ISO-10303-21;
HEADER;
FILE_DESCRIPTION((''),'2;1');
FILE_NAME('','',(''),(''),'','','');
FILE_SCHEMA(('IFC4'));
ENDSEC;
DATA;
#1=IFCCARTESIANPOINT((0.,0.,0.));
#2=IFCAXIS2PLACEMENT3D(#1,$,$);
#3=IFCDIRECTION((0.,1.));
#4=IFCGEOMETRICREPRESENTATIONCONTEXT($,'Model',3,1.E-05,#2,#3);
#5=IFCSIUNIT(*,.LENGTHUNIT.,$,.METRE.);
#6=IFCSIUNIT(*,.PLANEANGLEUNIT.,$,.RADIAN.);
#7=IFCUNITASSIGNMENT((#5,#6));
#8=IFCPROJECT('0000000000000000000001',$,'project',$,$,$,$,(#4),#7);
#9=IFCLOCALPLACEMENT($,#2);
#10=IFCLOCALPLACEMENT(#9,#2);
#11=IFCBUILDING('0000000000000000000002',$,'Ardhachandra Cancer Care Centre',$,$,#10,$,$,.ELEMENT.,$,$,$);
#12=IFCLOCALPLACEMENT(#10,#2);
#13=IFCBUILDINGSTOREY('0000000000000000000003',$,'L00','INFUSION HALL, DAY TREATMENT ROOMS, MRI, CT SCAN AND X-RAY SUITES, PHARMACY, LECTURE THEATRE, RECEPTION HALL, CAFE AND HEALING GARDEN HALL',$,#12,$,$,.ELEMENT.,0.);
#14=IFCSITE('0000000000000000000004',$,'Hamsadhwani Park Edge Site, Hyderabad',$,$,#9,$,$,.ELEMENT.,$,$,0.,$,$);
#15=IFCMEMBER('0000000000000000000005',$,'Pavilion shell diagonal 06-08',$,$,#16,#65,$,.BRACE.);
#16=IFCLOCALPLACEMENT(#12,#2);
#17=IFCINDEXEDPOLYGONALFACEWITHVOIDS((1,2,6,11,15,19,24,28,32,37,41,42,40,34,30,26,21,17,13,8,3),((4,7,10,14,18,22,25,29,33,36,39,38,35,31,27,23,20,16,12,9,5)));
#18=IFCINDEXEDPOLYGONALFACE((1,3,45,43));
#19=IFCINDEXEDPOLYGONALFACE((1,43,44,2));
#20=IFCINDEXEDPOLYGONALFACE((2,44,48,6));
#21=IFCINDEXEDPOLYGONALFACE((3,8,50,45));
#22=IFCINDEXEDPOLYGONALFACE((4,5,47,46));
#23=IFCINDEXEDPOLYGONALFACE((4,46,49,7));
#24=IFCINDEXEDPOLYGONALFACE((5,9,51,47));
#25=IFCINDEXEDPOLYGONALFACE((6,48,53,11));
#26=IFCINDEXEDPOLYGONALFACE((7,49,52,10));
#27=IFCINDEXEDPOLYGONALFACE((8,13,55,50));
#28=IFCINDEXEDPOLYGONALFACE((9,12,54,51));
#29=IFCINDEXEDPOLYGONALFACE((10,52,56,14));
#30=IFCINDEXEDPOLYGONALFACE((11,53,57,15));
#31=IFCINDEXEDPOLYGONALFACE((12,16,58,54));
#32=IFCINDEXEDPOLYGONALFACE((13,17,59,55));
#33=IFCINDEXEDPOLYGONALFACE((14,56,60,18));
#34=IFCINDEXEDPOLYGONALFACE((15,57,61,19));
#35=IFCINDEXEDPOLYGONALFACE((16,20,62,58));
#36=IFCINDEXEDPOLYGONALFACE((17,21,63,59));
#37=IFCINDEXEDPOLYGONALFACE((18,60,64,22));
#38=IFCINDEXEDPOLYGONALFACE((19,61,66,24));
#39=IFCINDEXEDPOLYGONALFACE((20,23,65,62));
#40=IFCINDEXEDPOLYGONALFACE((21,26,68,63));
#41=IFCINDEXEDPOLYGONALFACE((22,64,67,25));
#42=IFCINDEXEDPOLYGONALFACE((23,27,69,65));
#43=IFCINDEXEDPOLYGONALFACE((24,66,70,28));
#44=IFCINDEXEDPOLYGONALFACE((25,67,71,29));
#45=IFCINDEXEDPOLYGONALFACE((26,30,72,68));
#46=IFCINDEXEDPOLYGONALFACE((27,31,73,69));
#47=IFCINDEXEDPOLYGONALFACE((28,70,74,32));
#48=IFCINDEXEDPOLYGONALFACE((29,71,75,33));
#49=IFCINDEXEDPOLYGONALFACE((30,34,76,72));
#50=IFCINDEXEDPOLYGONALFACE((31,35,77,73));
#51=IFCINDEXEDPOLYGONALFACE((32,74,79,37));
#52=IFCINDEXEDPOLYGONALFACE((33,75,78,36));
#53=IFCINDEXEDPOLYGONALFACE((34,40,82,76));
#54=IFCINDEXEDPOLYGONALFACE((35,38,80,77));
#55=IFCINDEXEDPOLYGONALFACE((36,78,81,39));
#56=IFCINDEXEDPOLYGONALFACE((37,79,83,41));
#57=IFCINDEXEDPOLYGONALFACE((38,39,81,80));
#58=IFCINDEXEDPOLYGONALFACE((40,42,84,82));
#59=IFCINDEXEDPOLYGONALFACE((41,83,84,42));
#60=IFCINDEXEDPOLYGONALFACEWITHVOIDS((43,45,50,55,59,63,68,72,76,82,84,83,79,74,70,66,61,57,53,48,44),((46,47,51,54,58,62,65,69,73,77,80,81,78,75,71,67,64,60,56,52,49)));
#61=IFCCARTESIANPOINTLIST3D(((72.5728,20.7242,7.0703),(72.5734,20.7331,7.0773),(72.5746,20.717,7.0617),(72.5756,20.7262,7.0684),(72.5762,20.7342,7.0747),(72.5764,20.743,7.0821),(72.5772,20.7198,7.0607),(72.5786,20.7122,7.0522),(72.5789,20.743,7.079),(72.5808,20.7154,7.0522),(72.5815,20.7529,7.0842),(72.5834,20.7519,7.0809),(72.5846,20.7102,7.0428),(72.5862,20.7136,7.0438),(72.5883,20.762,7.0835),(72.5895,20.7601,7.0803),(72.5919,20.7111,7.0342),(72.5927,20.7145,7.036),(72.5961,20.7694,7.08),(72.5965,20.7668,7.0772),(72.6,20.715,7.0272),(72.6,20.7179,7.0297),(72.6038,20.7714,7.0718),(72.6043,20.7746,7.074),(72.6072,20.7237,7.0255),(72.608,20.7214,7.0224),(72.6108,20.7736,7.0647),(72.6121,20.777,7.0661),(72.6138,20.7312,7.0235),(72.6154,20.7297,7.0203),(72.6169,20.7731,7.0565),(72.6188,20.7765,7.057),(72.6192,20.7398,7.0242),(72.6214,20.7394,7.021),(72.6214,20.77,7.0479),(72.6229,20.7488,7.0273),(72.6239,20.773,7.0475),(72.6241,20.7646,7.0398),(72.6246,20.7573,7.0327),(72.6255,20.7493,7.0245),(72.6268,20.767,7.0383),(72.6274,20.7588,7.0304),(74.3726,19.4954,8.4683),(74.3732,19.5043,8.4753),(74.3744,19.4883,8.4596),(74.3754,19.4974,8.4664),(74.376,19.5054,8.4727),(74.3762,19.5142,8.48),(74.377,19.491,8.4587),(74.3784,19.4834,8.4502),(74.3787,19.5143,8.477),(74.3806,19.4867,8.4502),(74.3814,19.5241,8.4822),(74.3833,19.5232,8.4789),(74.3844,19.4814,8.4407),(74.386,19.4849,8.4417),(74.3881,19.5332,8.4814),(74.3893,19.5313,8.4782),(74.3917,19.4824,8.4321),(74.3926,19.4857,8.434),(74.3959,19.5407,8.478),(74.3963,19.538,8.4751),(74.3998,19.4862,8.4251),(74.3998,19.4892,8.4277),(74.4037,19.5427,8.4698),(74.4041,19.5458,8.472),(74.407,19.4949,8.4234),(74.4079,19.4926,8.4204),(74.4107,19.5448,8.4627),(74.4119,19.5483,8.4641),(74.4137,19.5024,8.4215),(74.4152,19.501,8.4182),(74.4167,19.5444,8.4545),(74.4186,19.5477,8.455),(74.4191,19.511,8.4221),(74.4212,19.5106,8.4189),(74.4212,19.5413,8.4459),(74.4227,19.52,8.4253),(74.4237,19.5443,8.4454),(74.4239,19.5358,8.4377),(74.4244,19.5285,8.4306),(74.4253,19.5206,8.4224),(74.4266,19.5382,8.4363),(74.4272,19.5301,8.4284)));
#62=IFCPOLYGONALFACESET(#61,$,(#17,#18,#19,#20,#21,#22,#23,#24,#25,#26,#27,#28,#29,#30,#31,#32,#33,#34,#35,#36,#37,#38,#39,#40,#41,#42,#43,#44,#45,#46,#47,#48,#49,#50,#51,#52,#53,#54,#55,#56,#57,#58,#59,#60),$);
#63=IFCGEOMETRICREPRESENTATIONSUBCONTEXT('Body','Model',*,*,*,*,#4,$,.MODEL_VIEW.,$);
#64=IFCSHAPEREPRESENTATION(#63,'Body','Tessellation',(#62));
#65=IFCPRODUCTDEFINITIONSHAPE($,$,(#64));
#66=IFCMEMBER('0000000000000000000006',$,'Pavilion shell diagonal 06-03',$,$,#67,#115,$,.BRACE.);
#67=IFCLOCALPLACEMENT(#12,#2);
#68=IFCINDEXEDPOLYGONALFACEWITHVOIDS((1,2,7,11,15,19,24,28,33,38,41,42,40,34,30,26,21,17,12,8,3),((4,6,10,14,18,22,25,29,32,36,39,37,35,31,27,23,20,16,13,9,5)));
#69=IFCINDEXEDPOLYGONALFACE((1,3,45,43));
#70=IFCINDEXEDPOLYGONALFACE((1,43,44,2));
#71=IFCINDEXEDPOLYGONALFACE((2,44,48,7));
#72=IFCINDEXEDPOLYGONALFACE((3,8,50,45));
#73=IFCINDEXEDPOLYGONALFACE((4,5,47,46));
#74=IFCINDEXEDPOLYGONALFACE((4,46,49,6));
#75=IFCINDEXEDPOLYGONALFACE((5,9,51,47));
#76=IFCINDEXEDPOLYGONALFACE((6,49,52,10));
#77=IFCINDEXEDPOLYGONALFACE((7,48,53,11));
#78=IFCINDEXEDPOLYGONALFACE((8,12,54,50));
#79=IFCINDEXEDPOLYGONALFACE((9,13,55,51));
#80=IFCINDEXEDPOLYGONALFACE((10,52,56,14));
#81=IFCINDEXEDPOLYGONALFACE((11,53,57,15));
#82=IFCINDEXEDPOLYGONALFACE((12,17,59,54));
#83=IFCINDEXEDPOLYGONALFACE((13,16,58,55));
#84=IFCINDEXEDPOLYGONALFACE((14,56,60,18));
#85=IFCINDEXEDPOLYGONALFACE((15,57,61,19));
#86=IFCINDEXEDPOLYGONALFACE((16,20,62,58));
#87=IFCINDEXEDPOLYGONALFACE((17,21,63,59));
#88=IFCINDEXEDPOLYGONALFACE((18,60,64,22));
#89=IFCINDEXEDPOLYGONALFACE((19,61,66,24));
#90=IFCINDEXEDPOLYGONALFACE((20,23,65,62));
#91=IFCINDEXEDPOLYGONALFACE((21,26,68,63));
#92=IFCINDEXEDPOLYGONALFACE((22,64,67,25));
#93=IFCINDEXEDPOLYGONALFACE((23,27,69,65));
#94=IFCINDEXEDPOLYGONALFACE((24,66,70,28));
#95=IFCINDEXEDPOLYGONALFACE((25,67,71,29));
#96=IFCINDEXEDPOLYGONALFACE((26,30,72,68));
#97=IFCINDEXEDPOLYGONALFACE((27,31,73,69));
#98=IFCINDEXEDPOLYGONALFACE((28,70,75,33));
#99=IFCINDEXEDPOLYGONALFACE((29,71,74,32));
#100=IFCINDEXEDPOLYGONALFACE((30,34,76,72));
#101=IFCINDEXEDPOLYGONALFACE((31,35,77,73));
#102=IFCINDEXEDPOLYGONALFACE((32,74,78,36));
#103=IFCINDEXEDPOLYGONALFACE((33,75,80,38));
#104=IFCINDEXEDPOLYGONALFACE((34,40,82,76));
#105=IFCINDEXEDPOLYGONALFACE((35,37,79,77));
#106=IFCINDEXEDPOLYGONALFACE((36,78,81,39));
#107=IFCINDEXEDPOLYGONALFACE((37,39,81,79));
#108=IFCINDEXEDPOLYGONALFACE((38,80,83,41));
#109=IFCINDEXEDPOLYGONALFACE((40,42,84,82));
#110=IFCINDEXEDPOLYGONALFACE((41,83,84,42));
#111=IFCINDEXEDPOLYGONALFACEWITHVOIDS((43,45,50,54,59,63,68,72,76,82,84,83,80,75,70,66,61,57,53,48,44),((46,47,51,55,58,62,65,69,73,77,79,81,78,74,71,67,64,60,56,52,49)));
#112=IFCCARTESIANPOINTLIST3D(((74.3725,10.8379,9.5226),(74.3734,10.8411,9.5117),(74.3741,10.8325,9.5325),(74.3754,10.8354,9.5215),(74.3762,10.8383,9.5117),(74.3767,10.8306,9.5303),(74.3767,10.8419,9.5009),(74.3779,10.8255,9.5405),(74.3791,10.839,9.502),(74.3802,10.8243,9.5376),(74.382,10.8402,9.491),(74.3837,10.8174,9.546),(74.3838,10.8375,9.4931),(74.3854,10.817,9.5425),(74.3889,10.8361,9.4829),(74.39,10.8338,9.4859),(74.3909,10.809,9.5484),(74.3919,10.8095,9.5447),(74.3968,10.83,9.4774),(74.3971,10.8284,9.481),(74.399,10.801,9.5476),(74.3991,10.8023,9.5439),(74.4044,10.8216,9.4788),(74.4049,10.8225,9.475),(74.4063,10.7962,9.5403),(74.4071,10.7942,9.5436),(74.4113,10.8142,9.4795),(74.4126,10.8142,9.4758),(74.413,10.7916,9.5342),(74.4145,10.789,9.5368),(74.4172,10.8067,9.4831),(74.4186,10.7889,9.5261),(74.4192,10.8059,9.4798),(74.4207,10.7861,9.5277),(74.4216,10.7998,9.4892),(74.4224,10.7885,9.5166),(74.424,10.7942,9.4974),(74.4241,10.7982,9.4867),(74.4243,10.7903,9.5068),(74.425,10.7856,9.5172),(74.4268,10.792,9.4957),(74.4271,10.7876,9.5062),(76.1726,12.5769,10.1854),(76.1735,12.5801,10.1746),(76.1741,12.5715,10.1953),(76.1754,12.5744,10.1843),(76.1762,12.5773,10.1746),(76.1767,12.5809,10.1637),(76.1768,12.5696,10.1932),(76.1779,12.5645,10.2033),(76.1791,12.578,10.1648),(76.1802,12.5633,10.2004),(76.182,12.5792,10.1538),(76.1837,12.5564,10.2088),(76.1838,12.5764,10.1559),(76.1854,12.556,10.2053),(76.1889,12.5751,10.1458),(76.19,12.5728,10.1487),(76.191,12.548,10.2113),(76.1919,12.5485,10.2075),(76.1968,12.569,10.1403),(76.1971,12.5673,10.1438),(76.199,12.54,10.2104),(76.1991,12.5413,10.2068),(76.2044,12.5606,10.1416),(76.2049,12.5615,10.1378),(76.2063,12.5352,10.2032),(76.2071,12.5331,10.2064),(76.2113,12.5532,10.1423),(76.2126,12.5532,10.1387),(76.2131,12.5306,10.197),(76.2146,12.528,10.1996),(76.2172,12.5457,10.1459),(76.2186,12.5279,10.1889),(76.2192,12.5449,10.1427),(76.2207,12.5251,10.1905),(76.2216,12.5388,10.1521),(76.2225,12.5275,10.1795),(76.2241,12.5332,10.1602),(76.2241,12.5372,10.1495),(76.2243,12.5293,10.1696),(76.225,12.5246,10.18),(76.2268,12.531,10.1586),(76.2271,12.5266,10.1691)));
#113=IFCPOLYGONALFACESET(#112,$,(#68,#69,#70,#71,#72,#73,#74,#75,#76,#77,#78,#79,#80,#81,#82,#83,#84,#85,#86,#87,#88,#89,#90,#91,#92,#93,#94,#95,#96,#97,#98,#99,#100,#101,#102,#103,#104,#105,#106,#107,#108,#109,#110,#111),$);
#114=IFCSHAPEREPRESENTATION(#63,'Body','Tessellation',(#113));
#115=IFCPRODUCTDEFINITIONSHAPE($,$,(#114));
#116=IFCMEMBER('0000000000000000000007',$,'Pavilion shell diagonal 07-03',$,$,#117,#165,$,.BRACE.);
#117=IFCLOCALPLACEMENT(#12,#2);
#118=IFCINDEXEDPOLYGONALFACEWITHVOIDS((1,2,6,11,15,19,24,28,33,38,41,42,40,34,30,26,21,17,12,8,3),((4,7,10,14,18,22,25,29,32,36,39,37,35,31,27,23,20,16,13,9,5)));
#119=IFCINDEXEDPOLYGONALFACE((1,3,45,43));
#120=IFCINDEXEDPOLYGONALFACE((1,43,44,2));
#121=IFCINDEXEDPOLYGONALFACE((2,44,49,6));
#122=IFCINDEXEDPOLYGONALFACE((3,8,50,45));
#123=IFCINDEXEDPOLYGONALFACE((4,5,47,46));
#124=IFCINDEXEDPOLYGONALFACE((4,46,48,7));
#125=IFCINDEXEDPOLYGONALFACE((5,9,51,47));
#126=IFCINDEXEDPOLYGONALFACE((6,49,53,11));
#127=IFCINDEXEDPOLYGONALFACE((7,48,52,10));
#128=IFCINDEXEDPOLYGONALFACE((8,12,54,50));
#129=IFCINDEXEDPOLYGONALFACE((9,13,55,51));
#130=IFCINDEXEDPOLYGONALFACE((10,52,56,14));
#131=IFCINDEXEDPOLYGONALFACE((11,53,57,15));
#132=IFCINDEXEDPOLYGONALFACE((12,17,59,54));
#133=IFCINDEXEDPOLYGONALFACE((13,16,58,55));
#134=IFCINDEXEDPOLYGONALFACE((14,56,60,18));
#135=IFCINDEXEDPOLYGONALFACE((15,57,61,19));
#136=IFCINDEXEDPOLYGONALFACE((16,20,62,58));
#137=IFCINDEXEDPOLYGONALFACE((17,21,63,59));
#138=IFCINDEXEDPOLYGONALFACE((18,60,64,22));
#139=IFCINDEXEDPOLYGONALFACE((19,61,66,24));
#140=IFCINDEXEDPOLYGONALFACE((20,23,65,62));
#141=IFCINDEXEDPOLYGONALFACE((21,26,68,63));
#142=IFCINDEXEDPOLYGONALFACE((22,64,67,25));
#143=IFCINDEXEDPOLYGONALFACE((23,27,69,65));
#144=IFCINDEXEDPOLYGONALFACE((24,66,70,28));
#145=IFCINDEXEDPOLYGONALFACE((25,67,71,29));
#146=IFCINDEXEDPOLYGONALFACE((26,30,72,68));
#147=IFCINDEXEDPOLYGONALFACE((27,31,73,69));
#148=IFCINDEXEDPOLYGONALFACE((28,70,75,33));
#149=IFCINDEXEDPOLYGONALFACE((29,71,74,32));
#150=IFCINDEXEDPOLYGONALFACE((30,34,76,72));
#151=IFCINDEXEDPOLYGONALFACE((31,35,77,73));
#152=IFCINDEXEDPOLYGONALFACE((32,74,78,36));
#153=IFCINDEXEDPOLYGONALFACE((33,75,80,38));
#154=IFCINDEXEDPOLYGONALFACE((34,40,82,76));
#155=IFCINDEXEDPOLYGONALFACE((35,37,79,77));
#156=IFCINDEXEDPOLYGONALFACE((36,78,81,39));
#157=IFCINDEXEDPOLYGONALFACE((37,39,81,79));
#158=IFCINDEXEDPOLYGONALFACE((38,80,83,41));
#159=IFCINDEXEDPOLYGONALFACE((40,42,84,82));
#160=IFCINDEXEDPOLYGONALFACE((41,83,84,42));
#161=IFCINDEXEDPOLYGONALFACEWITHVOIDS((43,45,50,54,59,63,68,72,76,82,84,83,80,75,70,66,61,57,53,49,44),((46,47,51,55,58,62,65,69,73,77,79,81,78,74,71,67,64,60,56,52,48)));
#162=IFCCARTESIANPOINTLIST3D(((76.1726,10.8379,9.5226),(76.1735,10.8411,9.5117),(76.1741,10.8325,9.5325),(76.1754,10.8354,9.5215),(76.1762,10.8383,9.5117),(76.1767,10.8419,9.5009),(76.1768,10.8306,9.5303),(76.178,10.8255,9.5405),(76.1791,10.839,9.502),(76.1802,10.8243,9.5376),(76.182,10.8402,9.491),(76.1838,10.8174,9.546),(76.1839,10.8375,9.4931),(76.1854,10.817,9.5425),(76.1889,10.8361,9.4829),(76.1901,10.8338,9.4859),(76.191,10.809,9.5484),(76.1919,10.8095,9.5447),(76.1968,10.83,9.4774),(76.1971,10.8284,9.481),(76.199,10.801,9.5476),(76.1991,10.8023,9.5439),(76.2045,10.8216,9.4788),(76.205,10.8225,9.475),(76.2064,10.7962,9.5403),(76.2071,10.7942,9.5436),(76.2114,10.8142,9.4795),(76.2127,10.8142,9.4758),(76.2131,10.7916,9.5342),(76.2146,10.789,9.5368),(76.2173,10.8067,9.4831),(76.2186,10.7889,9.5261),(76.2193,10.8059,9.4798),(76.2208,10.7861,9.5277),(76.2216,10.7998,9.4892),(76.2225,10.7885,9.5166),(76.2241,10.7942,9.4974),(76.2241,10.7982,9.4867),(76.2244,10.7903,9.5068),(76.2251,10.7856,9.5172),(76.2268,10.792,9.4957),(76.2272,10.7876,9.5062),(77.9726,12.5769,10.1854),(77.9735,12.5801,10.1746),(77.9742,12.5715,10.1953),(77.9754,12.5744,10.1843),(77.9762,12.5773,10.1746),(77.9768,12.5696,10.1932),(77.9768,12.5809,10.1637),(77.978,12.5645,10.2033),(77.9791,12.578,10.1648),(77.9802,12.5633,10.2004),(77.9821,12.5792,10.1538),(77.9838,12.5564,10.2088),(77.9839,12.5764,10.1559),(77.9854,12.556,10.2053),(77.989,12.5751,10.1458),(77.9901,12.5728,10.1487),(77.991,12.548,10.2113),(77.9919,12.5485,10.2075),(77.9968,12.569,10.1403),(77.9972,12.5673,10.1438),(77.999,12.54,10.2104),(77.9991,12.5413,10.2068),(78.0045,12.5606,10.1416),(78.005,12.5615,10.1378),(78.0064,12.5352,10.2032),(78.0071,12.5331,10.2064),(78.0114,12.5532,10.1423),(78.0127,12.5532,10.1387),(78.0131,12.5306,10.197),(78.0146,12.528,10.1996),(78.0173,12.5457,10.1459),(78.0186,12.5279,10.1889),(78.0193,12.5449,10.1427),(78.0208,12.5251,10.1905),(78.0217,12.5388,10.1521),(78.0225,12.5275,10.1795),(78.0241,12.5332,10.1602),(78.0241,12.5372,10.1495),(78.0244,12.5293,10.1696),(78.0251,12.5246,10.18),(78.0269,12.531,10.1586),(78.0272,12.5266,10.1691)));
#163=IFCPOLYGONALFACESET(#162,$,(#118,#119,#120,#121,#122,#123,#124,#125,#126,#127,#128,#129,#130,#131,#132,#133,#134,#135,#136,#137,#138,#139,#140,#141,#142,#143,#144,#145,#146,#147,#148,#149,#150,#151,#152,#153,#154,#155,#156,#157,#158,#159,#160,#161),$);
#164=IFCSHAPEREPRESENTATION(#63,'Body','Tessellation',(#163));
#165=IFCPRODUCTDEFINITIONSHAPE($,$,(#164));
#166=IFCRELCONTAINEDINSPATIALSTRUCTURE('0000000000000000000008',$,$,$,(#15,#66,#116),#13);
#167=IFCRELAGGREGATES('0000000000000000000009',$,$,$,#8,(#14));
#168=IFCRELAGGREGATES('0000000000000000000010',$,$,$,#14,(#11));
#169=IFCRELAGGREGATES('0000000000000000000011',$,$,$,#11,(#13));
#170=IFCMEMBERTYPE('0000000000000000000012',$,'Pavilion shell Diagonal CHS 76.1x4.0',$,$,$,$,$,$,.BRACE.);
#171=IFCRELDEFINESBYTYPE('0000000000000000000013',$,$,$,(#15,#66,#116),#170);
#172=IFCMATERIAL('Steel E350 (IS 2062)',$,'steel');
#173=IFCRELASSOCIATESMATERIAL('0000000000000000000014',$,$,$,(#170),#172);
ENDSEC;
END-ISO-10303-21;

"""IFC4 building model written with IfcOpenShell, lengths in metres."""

from ifc_helpers import new_model, si_unit, direction, frame, origin, origin_2d, place, context, subcontext, project, spatial, hollow_circle, extrude, material, material_profile, profile_set, type_object, element, save


model = new_model("IFC4")

# Units and contexts
model_context = context("Model", 3, precision=1e-05, world=origin(), true_north=direction((0.0, 1.0)))
body_context = subcontext(model_context, "Body", "Model", "MODEL_VIEW")
ifc_project = project(units=[si_unit("LENGTHUNIT", "METRE"), si_unit("PLANEANGLEUNIT", "RADIAN")], contexts=[model_context])

# Site, building, storey
site_placement = place(None, origin())
site = spatial("IfcSite", under=ifc_project, at=site_placement, Name="Hamsadhwani Park Edge Site, Hyderabad", CompositionType="ELEMENT", RefElevation=0.0)
building_placement = place(site_placement, origin())
building = spatial("IfcBuilding", under=site, at=building_placement, Name="Ardhachandra Cancer Care Centre", CompositionType="ELEMENT")
storey_placement = place(building_placement, origin())
storey = spatial("IfcBuildingStorey", under=building, at=storey_placement, Name="L00", Description="INFUSION HALL, DAY TREATMENT ROOMS, MRI, CT SCAN AND X-RAY SUITES, PHARMACY, LECTURE THEATRE, RECEPTION HALL, CAFE AND HEALING GARDEN HALL", CompositionType="ELEMENT", Elevation=0.0)

# Members
ifc_material_1 = material(Name="Steel E350 (IS 2062)", Category="steel")
ifc_material_profile_1 = material_profile(ifc_material_1, hollow_circle(Radius=0.0381, WallThickness=0.0039, at=origin_2d()), Name="CHS 76.1x4.0")
ifc_profile_set_1 = profile_set([ifc_material_profile_1], Name="Steel E350 (IS 2062)")
member_type_1 = type_object("IfcMemberType", Name="Pavilion shell Diagonal CHS 76.1x4.0", PredefinedType="BRACE", material=ifc_profile_set_1)
for number, where, z_axis, x_axis, name in (
    (1, (74.3999, 19.5149, 8.4502), (-0.695148, 0.474591, -0.539938), (-0.563844, -0.825881, 0.0), "Pavilion shell diagonal 06-08"),
    (2, (74.3999, 10.8137, 9.5117), (0.695227, 0.671654, 0.256007), (-0.694809, 0.719195, 0.0), "Pavilion shell diagonal 06-03"),
    (3, (76.2, 10.8137, 9.5117), (0.695227, 0.671654, 0.256007), (-0.694809, 0.719195, 0.0), "Pavilion shell diagonal 07-03"),
):
    element("IfcMember", number, at=place(storey_placement, frame(where, z_axis=z_axis, x_axis=x_axis)), inside=storey, type_object=member_type_1, Name=name, PredefinedType="BRACE", context=body_context, shape_type="SweptSolid", body=[
        extrude(hollow_circle(Radius=0.0381, WallThickness=0.0039, at=origin_2d()), origin(), (0.0, 0.0, 1.0), 2.5891),
    ])

save(model, "model.ifc")
